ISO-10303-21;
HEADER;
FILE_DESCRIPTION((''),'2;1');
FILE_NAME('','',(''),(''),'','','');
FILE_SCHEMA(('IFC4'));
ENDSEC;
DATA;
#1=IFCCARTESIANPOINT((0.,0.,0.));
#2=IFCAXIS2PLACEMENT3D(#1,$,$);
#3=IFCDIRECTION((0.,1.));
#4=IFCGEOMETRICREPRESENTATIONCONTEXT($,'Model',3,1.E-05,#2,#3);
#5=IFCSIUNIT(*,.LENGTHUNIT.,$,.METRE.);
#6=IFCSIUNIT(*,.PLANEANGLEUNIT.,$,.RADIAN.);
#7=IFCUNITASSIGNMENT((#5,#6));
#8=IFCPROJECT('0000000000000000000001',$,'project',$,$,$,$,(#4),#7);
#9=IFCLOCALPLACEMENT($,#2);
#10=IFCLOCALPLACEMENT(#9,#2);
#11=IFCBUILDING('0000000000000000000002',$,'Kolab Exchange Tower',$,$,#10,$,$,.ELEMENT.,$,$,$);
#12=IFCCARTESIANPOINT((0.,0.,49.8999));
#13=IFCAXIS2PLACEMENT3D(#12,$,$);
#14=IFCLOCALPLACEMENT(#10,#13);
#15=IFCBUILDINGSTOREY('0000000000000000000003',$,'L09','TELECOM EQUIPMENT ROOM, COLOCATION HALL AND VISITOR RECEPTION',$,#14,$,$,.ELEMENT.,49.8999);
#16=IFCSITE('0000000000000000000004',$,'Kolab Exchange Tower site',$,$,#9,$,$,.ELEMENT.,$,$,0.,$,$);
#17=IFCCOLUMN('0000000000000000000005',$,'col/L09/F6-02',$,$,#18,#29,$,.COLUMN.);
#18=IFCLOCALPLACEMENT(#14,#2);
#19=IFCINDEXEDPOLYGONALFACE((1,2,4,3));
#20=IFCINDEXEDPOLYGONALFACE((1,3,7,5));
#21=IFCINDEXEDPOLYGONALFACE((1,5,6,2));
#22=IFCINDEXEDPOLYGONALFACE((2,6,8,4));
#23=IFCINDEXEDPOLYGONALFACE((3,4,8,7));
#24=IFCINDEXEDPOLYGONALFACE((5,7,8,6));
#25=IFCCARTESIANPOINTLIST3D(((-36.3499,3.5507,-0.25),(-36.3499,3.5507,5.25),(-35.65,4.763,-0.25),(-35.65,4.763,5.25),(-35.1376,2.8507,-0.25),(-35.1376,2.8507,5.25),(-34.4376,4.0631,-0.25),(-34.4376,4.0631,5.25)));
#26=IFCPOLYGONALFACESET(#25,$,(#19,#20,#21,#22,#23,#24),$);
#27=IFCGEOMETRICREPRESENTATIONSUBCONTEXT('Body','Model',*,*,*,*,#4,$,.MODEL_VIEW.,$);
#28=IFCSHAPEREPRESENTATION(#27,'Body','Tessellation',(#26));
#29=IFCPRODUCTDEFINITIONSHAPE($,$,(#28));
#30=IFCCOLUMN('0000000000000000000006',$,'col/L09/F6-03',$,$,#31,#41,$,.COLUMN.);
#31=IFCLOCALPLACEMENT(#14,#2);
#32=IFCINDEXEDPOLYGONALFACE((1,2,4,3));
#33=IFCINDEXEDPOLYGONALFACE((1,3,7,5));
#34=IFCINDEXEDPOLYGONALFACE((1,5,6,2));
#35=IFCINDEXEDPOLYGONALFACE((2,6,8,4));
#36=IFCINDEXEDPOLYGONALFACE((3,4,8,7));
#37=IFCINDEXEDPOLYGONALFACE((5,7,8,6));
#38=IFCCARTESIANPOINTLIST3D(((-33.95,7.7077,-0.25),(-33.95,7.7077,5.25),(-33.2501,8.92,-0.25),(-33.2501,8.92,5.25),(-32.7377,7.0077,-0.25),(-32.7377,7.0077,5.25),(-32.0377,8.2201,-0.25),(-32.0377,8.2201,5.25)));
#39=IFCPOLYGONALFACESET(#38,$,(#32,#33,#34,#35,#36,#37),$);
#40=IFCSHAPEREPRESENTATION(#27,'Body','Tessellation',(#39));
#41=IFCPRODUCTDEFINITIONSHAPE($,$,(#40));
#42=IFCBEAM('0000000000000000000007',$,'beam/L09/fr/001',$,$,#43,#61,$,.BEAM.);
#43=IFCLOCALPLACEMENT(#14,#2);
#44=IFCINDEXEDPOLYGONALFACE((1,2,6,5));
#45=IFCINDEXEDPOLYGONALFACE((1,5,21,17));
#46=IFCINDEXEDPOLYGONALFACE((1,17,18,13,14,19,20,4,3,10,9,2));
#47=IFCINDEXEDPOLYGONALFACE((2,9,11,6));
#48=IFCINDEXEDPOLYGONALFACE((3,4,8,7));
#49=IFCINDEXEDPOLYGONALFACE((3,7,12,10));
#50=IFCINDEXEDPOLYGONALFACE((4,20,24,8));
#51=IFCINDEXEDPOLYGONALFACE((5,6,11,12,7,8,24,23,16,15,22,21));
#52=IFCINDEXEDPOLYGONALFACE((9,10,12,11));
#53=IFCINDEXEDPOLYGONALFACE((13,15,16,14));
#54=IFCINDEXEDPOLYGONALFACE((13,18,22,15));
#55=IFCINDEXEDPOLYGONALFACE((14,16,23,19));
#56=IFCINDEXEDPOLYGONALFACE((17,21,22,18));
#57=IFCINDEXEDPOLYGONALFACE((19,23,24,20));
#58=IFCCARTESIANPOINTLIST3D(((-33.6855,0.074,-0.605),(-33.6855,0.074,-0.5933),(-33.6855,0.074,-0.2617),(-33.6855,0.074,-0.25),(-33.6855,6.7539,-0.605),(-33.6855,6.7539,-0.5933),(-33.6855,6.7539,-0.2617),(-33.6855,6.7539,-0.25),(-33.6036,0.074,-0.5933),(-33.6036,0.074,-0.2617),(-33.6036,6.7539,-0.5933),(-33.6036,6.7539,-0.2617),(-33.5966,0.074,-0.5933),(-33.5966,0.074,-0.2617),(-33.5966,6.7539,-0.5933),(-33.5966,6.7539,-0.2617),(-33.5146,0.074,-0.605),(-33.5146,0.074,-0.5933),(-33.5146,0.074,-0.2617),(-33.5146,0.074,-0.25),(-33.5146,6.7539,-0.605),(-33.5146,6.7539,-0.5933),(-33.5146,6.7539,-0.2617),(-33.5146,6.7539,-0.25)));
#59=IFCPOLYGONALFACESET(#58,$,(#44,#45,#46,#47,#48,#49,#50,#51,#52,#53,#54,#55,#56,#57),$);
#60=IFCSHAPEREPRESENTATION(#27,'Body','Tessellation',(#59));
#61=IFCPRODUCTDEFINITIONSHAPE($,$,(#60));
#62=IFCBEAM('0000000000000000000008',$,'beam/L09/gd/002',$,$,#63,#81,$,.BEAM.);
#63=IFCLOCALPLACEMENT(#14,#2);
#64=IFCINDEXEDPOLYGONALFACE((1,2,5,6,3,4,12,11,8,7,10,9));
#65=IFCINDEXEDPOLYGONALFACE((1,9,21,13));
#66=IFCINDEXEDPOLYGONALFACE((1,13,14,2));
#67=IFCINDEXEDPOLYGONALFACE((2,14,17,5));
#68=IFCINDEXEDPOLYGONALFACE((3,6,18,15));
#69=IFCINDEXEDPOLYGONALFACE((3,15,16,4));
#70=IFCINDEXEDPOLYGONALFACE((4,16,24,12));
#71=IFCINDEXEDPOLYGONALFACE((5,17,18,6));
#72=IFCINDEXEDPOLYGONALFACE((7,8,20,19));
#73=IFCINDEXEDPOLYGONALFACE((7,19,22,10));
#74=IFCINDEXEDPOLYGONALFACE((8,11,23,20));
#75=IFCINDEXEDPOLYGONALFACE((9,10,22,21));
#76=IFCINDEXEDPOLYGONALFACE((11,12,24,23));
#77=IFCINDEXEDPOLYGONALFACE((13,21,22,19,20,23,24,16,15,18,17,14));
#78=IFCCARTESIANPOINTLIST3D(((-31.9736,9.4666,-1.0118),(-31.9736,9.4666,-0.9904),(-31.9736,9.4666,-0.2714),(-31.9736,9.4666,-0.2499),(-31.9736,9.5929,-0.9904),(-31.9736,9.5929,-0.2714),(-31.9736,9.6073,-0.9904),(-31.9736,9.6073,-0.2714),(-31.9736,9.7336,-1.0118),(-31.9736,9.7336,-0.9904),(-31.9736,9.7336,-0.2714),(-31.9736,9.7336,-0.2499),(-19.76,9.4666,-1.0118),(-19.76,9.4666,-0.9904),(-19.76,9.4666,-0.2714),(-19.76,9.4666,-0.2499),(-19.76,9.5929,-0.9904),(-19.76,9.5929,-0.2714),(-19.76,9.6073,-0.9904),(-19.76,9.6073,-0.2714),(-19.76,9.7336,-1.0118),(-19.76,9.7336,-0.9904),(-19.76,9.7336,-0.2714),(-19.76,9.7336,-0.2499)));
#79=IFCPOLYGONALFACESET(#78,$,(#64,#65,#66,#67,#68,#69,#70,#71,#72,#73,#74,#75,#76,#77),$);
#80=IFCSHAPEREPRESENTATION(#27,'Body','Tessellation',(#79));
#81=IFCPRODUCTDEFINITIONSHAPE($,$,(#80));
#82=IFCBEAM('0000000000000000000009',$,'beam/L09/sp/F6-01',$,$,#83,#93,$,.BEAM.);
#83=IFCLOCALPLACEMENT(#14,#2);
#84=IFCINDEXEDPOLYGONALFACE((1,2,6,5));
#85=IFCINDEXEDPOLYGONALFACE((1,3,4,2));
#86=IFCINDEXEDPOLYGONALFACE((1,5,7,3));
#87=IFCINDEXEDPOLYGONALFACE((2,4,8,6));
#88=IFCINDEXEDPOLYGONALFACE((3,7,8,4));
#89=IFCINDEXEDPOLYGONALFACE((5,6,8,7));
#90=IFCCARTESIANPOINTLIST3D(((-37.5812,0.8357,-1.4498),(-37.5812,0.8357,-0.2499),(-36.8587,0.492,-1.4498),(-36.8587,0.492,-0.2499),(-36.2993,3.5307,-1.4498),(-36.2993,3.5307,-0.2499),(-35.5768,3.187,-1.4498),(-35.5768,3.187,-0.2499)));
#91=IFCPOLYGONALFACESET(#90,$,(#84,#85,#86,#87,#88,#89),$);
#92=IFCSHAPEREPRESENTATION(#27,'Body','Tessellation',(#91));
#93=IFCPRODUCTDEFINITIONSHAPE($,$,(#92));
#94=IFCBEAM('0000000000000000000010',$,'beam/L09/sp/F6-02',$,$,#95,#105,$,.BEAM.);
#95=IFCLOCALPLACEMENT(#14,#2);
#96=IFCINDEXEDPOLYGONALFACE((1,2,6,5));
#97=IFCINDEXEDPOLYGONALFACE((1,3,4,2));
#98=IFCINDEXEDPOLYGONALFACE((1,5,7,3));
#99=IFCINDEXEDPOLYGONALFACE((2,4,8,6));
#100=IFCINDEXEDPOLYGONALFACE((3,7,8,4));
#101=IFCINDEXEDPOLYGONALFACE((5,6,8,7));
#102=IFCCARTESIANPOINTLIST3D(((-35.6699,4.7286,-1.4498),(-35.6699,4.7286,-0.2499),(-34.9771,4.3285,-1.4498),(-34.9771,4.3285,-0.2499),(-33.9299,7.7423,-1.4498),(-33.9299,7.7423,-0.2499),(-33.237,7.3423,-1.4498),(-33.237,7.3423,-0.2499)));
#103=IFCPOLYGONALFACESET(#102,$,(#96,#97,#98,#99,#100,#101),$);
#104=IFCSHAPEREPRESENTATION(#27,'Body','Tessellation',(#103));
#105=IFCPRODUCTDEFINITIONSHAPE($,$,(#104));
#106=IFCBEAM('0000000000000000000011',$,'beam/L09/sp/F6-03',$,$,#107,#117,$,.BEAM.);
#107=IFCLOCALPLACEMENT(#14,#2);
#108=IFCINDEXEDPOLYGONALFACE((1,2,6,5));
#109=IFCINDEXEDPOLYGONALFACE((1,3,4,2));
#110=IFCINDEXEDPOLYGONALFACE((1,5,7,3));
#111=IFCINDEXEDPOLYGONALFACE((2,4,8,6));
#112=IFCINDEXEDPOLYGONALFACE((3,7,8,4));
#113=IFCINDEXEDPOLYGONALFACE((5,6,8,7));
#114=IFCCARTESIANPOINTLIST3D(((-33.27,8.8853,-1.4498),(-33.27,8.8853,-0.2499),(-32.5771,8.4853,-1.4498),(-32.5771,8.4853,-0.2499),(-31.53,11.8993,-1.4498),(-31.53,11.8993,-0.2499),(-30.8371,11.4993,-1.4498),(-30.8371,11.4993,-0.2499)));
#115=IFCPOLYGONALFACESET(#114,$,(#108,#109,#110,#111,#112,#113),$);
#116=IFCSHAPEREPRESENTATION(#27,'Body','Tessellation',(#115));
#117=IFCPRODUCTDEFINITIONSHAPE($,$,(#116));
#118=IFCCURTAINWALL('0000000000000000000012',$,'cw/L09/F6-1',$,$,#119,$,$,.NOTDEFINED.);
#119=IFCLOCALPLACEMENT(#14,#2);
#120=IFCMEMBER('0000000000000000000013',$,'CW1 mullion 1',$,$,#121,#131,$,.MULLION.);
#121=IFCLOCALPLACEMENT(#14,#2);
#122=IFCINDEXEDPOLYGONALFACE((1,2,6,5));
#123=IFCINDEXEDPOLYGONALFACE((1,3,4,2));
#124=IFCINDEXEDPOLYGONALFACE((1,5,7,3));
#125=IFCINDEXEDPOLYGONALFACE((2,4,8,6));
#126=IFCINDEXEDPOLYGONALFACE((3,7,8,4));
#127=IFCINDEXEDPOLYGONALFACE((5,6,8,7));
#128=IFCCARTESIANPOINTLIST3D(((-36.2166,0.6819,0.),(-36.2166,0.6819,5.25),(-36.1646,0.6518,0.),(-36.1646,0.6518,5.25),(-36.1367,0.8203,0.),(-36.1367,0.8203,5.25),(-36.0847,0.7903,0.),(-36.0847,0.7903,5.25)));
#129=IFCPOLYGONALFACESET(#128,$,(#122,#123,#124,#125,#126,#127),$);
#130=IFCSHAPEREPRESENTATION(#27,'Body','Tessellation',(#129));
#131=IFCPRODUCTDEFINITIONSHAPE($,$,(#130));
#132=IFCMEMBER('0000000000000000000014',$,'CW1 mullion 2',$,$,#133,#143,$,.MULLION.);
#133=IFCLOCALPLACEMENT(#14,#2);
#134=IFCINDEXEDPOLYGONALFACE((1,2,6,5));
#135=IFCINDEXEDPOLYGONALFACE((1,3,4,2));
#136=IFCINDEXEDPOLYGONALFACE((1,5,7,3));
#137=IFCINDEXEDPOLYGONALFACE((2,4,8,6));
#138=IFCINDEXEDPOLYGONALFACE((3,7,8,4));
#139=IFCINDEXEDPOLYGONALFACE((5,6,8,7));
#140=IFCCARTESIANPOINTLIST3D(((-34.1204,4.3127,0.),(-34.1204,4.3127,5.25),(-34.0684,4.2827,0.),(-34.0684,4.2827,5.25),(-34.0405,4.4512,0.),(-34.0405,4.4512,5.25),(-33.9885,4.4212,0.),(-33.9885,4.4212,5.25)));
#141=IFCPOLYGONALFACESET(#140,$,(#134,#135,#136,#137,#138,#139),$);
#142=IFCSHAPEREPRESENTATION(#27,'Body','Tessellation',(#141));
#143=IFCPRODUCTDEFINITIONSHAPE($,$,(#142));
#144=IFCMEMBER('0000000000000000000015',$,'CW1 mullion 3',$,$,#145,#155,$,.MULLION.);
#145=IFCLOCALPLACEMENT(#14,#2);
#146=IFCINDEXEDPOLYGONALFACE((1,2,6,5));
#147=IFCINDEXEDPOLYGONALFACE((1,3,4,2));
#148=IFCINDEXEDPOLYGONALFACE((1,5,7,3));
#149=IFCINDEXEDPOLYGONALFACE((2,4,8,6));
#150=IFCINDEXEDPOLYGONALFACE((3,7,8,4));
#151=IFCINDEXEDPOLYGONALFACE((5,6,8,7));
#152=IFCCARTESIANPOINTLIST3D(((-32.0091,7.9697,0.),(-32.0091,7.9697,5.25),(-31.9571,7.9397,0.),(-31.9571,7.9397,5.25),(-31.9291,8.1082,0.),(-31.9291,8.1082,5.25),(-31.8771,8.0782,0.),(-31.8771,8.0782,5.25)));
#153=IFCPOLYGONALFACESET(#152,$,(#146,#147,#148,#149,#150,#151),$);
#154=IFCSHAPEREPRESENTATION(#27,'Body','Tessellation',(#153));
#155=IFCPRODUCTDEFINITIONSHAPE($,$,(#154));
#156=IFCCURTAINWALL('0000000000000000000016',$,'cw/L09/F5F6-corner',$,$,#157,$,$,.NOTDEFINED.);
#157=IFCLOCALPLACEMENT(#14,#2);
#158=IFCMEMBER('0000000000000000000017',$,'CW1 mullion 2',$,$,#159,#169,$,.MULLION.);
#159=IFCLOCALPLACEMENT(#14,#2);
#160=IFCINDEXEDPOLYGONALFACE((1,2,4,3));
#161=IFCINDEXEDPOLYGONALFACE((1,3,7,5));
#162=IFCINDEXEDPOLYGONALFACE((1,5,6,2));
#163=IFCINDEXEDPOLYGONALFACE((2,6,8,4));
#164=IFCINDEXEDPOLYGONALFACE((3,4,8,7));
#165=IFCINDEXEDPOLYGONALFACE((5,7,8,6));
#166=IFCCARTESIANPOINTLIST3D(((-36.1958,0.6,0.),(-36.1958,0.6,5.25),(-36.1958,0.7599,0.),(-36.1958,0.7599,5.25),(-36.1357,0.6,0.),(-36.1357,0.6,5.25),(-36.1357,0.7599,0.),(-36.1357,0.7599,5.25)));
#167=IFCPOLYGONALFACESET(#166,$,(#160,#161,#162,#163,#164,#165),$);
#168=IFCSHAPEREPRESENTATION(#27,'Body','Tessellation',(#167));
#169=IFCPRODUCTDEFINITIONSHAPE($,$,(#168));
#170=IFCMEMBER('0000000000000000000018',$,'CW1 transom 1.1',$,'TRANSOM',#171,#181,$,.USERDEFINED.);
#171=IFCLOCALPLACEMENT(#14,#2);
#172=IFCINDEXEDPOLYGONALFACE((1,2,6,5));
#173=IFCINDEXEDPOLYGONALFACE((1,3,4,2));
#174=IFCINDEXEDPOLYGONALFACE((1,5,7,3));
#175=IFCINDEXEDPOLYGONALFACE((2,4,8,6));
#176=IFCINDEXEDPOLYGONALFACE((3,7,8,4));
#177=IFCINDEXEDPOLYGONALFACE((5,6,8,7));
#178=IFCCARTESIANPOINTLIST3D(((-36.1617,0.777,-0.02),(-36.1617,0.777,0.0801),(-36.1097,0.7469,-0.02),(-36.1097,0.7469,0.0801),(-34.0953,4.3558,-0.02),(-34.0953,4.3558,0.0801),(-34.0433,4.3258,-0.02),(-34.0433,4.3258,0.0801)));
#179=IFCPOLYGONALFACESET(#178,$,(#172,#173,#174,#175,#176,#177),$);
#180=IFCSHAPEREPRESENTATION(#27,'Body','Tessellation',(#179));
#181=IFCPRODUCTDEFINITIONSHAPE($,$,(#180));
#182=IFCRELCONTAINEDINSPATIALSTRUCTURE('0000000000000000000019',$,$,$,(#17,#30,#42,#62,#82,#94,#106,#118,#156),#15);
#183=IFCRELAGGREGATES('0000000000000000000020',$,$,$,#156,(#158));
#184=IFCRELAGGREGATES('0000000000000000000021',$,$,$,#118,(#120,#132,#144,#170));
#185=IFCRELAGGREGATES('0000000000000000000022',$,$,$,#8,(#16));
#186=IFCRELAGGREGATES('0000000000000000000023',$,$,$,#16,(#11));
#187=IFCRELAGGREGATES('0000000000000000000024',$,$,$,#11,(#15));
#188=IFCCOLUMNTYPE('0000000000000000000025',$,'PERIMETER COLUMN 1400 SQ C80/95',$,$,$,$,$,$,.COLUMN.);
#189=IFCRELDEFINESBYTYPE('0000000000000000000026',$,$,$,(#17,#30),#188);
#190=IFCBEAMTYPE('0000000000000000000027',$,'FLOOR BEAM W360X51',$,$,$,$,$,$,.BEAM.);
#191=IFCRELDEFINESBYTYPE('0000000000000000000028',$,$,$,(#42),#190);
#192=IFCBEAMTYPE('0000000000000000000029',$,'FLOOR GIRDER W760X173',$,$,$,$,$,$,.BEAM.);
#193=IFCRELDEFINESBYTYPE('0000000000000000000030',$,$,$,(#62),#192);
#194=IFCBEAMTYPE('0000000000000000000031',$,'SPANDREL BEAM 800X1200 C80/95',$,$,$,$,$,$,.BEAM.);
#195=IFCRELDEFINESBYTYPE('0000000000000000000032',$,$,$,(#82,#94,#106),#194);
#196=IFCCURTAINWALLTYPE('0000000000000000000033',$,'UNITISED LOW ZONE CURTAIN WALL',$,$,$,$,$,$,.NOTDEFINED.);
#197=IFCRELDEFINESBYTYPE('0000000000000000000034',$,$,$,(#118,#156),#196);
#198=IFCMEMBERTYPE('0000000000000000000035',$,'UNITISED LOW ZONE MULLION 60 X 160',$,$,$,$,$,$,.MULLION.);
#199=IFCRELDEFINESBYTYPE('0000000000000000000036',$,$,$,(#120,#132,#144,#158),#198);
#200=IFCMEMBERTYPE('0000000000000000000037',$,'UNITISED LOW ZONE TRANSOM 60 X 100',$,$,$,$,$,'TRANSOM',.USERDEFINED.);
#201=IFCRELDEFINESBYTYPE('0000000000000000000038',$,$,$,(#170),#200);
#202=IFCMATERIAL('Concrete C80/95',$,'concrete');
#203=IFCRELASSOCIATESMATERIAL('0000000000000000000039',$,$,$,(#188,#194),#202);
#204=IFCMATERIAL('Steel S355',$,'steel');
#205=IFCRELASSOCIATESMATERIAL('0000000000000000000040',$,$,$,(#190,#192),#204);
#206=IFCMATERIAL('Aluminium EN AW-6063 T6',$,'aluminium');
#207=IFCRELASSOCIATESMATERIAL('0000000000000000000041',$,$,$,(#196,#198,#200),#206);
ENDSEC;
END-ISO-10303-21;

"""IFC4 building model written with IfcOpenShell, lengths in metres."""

from ifc_helpers import new_model, si_unit, direction, frame, origin, origin_2d, place, context, subcontext, project, spatial, rectangle, i_section, extrude, material, material_profile, profile_set, type_object, element, aggregate, save


model = new_model("IFC4")

# Units and contexts
model_context = context("Model", 3, precision=1e-05, world=origin(), true_north=direction((0.0, 1.0)))
body_context = subcontext(model_context, "Body", "Model", "MODEL_VIEW")
ifc_project = project(units=[si_unit("LENGTHUNIT", "METRE"), si_unit("PLANEANGLEUNIT", "RADIAN")], contexts=[model_context])

# Site, building, storey
site_placement = place(None, origin())
site = spatial("IfcSite", under=ifc_project, at=site_placement, Name="Kolab Exchange Tower site", CompositionType="ELEMENT", RefElevation=0.0)
building_placement = place(site_placement, origin())
building = spatial("IfcBuilding", under=site, at=building_placement, Name="Kolab Exchange Tower", CompositionType="ELEMENT")
storey_placement = place(building_placement, frame((0.0, 0.0, 49.8999)))
storey = spatial("IfcBuildingStorey", under=building, at=storey_placement, Name="L09", Description="TELECOM EQUIPMENT ROOM, COLOCATION HALL AND VISITOR RECEPTION", CompositionType="ELEMENT", Elevation=49.8999)

# Columns
ifc_material_1 = material(Name="Concrete C80/95", Category="concrete")
ifc_material_profile_1 = material_profile(ifc_material_1, rectangle(XDim=1.3999, YDim=1.3999, at=origin_2d()), Name="RC1400")
ifc_profile_set_1 = profile_set([ifc_material_profile_1], Name="Concrete C80/95")
column_type = type_object("IfcColumnType", Name="PERIMETER COLUMN 1400 SQ C80/95", PredefinedType="COLUMN", material=ifc_profile_set_1)
for number, where, z_axis, x_axis, name in (
    (1, (-35.3938, 3.8069, -0.25), (0.0, 0.0, 1.0), (0.5, 0.866025, 0.0), "col/L09/F6-02"),
    (2, (-32.9939, 7.9639, -0.25), (0.0, 0.0, 1.0), (0.5, 0.866025, 0.0), "col/L09/F6-03"),
):
    element("IfcColumn", number, at=place(storey_placement, frame(where, z_axis=z_axis, x_axis=x_axis)), inside=storey, type_object=column_type, Name=name, PredefinedType="COLUMN", context=body_context, shape_type="SweptSolid", body=[
        extrude(rectangle(XDim=1.3999, YDim=1.3999, at=origin_2d()), origin(), (0.0, 0.0, 1.0), 5.5),
    ])

# Beams
ifc_material_2 = material(Name="Steel S355", Category="steel")
ifc_material_profile_2 = material_profile(ifc_material_2, i_section(OverallWidth=0.1709, OverallDepth=0.355, WebThickness=0.0071, FlangeThickness=0.0117, at=origin_2d()), Name="W360X51")
ifc_profile_set_2 = profile_set([ifc_material_profile_2], Name="Steel S355")
beam_type_1 = type_object("IfcBeamType", Name="FLOOR BEAM W360X51", PredefinedType="BEAM", material=ifc_profile_set_2)
beam_1_placement = place(storey_placement, frame((-33.6001, 0.074, -0.4275), z_axis=(0.0, 1.0, 0.0), x_axis=(-1.0, 0.0, 0.0)))
element("IfcBeam", 3, at=beam_1_placement, inside=storey, type_object=beam_type_1, Name="beam/L09/fr/001", PredefinedType="BEAM", context=body_context, shape_type="SweptSolid", body=[
    extrude(i_section(OverallWidth=0.1709, OverallDepth=0.355, WebThickness=0.0071, FlangeThickness=0.0117, at=origin_2d()), origin(), (0.0, 0.0, 1.0), 6.6799),
])
ifc_material_profile_3 = material_profile(ifc_material_2, i_section(OverallWidth=0.2671, OverallDepth=0.762, WebThickness=0.0144, FlangeThickness=0.0215, at=origin_2d()), Name="W760X173")
ifc_profile_set_3 = profile_set([ifc_material_profile_3], Name="Steel S355")
beam_type_2 = type_object("IfcBeamType", Name="FLOOR GIRDER W760X173", PredefinedType="BEAM", material=ifc_profile_set_3)
beam_2_placement = place(storey_placement, frame((-31.9736, 9.6001, -0.6309), z_axis=(1.0, 0.0, 0.0), x_axis=(0.0, 1.0, 0.0)))
element("IfcBeam", 4, at=beam_2_placement, inside=storey, type_object=beam_type_2, Name="beam/L09/gd/002", PredefinedType="BEAM", context=body_context, shape_type="SweptSolid", body=[
    extrude(i_section(OverallWidth=0.2671, OverallDepth=0.762, WebThickness=0.0144, FlangeThickness=0.0215, at=origin_2d()), origin(), (0.0, 0.0, 1.0), 12.2136),
])
ifc_material_profile_4 = material_profile(ifc_material_1, rectangle(XDim=0.8, YDim=1.2, at=origin_2d()), Name="RC800X1200")
ifc_profile_set_4 = profile_set([ifc_material_profile_4], Name="Concrete C80/95")
beam_type_3 = type_object("IfcBeamType", Name="SPANDREL BEAM 800X1200 C80/95", PredefinedType="BEAM", material=ifc_profile_set_4)
beam_3_placement = place(storey_placement, frame((-37.22, 0.6638, -0.8499), z_axis=(0.429556, 0.90304, 0.0), x_axis=(-0.90304, 0.429556, 0.0)))
element("IfcBeam", 5, at=beam_3_placement, inside=storey, type_object=beam_type_3, Name="beam/L09/sp/F6-01", PredefinedType="BEAM", context=body_context, shape_type="SweptSolid", body=[
    extrude(rectangle(XDim=0.8, YDim=1.2, at=origin_2d()), origin(), (0.0, 0.0, 1.0), 2.9844),
])
beam_4_placement = place(storey_placement, frame((-35.3235, 4.5286, -0.8499), z_axis=(0.50001, 0.86602, 0.0), x_axis=(-0.86602, 0.50001, 0.0)))
element("IfcBeam", 6, at=beam_4_placement, inside=storey, type_object=beam_type_3, Name="beam/L09/sp/F6-02", PredefinedType="BEAM", context=body_context, shape_type="SweptSolid", body=[
    extrude(rectangle(XDim=0.8, YDim=1.2, at=origin_2d()), origin(), (0.0, 0.0, 1.0), 3.48),
])
beam_5_placement = place(storey_placement, frame((-32.9236, 8.6853, -0.8499), z_axis=(0.49998, 0.866037, 0.0), x_axis=(-0.866037, 0.49998, 0.0)))
element("IfcBeam", 7, at=beam_5_placement, inside=storey, type_object=beam_type_3, Name="beam/L09/sp/F6-03", PredefinedType="BEAM", context=body_context, shape_type="SweptSolid", body=[
    extrude(rectangle(XDim=0.8, YDim=1.2, at=origin_2d()), origin(), (0.0, 0.0, 1.0), 3.4802),
])

# Curtain wall, members
ifc_material_3 = material(Name="Aluminium EN AW-6063 T6", Category="aluminium")
curtain_wall_type = type_object("IfcCurtainWallType", Name="UNITISED LOW ZONE CURTAIN WALL", PredefinedType="NOTDEFINED", material=ifc_material_3)
curtain_wall_1_placement = place(storey_placement, origin())
curtain_wall_1 = element("IfcCurtainWall", 8, at=curtain_wall_1_placement, inside=storey, type_object=curtain_wall_type, Name="cw/L09/F6-1", PredefinedType="NOTDEFINED")
ifc_material_profile_5 = material_profile(ifc_material_3, rectangle(XDim=0.0601, YDim=0.1599, at=origin_2d()), Name="RECT 60X160")
ifc_profile_set_5 = profile_set([ifc_material_profile_5], Name="Aluminium EN AW-6063 T6")
member_type_1 = type_object("IfcMemberType", Name="UNITISED LOW ZONE MULLION 60 X 160", PredefinedType="MULLION", material=ifc_profile_set_5)
member_1_placement = place(storey_placement, frame((-36.1506, 0.7361, 0.0), z_axis=(0.0, 0.0, 1.0), x_axis=(-0.866025, 0.5, 0.0)))
member_1 = element("IfcMember", 9, at=member_1_placement, type_object=member_type_1, Name="CW1 mullion 1", PredefinedType="MULLION", context=body_context, shape_type="SweptSolid", body=[
    extrude(rectangle(XDim=0.0601, YDim=0.1599, at=origin_2d()), origin(), (0.0, 0.0, 1.0), 5.25),
])
member_2_placement = place(storey_placement, frame((-34.0544, 4.3669, 0.0), z_axis=(0.0, 0.0, 1.0), x_axis=(-0.866025, 0.5, 0.0)))
member_2 = element("IfcMember", 10, at=member_2_placement, type_object=member_type_1, Name="CW1 mullion 2", PredefinedType="MULLION", context=body_context, shape_type="SweptSolid", body=[
    extrude(rectangle(XDim=0.0601, YDim=0.1599, at=origin_2d()), origin(), (0.0, 0.0, 1.0), 5.25),
])
member_3_placement = place(storey_placement, frame((-31.9431, 8.0239, 0.0), z_axis=(0.0, 0.0, 1.0), x_axis=(-0.866025, 0.5, 0.0)))
member_3 = element("IfcMember", 11, at=member_3_placement, type_object=member_type_1, Name="CW1 mullion 3", PredefinedType="MULLION", context=body_context, shape_type="SweptSolid", body=[
    extrude(rectangle(XDim=0.0601, YDim=0.1599, at=origin_2d()), origin(), (0.0, 0.0, 1.0), 5.25),
])

# Curtain wall, member
curtain_wall_2_placement = place(storey_placement, origin())
curtain_wall_2 = element("IfcCurtainWall", 12, at=curtain_wall_2_placement, inside=storey, type_object=curtain_wall_type, Name="cw/L09/F5F6-corner", PredefinedType="NOTDEFINED")
member_4_placement = place(storey_placement, frame((-36.1658, 0.6799, 0.0), z_axis=(0.0, 0.0, 1.0), x_axis=(-1.0, 0.0, 0.0)))
member_4 = element("IfcMember", 13, at=member_4_placement, type_object=member_type_1, Name="CW1 mullion 2", PredefinedType="MULLION", context=body_context, shape_type="SweptSolid", body=[
    extrude(rectangle(XDim=0.0601, YDim=0.1599, at=origin_2d()), origin(), (0.0, 0.0, 1.0), 5.25),
])
aggregate(curtain_wall_2, [member_4])

# Member
ifc_material_profile_6 = material_profile(ifc_material_3, rectangle(XDim=0.0601, YDim=0.1001, at=origin_2d()), Name="RECT 60X100")
ifc_profile_set_6 = profile_set([ifc_material_profile_6], Name="Aluminium EN AW-6063 T6")
member_type_2 = type_object("IfcMemberType", Name="UNITISED LOW ZONE TRANSOM 60 X 100", ElementType="TRANSOM", PredefinedType="USERDEFINED", material=ifc_profile_set_6)
member_5_placement = place(storey_placement, frame((-36.1357, 0.762, 0.03), z_axis=(0.500028, 0.866009, 0.0), x_axis=(-0.866009, 0.500028, 0.0)))
member_5 = element("IfcMember", 14, at=member_5_placement, type_object=member_type_2, Name="CW1 transom 1.1", ObjectType="TRANSOM", PredefinedType="USERDEFINED", context=body_context, shape_type="SweptSolid", body=[
    extrude(rectangle(XDim=0.0601, YDim=0.1001, at=origin_2d()), origin(), (0.0, 0.0, 1.0), 4.1326),
])

aggregate(curtain_wall_1, [member_1, member_2, member_3, member_5])

save(model, "model.ifc")
